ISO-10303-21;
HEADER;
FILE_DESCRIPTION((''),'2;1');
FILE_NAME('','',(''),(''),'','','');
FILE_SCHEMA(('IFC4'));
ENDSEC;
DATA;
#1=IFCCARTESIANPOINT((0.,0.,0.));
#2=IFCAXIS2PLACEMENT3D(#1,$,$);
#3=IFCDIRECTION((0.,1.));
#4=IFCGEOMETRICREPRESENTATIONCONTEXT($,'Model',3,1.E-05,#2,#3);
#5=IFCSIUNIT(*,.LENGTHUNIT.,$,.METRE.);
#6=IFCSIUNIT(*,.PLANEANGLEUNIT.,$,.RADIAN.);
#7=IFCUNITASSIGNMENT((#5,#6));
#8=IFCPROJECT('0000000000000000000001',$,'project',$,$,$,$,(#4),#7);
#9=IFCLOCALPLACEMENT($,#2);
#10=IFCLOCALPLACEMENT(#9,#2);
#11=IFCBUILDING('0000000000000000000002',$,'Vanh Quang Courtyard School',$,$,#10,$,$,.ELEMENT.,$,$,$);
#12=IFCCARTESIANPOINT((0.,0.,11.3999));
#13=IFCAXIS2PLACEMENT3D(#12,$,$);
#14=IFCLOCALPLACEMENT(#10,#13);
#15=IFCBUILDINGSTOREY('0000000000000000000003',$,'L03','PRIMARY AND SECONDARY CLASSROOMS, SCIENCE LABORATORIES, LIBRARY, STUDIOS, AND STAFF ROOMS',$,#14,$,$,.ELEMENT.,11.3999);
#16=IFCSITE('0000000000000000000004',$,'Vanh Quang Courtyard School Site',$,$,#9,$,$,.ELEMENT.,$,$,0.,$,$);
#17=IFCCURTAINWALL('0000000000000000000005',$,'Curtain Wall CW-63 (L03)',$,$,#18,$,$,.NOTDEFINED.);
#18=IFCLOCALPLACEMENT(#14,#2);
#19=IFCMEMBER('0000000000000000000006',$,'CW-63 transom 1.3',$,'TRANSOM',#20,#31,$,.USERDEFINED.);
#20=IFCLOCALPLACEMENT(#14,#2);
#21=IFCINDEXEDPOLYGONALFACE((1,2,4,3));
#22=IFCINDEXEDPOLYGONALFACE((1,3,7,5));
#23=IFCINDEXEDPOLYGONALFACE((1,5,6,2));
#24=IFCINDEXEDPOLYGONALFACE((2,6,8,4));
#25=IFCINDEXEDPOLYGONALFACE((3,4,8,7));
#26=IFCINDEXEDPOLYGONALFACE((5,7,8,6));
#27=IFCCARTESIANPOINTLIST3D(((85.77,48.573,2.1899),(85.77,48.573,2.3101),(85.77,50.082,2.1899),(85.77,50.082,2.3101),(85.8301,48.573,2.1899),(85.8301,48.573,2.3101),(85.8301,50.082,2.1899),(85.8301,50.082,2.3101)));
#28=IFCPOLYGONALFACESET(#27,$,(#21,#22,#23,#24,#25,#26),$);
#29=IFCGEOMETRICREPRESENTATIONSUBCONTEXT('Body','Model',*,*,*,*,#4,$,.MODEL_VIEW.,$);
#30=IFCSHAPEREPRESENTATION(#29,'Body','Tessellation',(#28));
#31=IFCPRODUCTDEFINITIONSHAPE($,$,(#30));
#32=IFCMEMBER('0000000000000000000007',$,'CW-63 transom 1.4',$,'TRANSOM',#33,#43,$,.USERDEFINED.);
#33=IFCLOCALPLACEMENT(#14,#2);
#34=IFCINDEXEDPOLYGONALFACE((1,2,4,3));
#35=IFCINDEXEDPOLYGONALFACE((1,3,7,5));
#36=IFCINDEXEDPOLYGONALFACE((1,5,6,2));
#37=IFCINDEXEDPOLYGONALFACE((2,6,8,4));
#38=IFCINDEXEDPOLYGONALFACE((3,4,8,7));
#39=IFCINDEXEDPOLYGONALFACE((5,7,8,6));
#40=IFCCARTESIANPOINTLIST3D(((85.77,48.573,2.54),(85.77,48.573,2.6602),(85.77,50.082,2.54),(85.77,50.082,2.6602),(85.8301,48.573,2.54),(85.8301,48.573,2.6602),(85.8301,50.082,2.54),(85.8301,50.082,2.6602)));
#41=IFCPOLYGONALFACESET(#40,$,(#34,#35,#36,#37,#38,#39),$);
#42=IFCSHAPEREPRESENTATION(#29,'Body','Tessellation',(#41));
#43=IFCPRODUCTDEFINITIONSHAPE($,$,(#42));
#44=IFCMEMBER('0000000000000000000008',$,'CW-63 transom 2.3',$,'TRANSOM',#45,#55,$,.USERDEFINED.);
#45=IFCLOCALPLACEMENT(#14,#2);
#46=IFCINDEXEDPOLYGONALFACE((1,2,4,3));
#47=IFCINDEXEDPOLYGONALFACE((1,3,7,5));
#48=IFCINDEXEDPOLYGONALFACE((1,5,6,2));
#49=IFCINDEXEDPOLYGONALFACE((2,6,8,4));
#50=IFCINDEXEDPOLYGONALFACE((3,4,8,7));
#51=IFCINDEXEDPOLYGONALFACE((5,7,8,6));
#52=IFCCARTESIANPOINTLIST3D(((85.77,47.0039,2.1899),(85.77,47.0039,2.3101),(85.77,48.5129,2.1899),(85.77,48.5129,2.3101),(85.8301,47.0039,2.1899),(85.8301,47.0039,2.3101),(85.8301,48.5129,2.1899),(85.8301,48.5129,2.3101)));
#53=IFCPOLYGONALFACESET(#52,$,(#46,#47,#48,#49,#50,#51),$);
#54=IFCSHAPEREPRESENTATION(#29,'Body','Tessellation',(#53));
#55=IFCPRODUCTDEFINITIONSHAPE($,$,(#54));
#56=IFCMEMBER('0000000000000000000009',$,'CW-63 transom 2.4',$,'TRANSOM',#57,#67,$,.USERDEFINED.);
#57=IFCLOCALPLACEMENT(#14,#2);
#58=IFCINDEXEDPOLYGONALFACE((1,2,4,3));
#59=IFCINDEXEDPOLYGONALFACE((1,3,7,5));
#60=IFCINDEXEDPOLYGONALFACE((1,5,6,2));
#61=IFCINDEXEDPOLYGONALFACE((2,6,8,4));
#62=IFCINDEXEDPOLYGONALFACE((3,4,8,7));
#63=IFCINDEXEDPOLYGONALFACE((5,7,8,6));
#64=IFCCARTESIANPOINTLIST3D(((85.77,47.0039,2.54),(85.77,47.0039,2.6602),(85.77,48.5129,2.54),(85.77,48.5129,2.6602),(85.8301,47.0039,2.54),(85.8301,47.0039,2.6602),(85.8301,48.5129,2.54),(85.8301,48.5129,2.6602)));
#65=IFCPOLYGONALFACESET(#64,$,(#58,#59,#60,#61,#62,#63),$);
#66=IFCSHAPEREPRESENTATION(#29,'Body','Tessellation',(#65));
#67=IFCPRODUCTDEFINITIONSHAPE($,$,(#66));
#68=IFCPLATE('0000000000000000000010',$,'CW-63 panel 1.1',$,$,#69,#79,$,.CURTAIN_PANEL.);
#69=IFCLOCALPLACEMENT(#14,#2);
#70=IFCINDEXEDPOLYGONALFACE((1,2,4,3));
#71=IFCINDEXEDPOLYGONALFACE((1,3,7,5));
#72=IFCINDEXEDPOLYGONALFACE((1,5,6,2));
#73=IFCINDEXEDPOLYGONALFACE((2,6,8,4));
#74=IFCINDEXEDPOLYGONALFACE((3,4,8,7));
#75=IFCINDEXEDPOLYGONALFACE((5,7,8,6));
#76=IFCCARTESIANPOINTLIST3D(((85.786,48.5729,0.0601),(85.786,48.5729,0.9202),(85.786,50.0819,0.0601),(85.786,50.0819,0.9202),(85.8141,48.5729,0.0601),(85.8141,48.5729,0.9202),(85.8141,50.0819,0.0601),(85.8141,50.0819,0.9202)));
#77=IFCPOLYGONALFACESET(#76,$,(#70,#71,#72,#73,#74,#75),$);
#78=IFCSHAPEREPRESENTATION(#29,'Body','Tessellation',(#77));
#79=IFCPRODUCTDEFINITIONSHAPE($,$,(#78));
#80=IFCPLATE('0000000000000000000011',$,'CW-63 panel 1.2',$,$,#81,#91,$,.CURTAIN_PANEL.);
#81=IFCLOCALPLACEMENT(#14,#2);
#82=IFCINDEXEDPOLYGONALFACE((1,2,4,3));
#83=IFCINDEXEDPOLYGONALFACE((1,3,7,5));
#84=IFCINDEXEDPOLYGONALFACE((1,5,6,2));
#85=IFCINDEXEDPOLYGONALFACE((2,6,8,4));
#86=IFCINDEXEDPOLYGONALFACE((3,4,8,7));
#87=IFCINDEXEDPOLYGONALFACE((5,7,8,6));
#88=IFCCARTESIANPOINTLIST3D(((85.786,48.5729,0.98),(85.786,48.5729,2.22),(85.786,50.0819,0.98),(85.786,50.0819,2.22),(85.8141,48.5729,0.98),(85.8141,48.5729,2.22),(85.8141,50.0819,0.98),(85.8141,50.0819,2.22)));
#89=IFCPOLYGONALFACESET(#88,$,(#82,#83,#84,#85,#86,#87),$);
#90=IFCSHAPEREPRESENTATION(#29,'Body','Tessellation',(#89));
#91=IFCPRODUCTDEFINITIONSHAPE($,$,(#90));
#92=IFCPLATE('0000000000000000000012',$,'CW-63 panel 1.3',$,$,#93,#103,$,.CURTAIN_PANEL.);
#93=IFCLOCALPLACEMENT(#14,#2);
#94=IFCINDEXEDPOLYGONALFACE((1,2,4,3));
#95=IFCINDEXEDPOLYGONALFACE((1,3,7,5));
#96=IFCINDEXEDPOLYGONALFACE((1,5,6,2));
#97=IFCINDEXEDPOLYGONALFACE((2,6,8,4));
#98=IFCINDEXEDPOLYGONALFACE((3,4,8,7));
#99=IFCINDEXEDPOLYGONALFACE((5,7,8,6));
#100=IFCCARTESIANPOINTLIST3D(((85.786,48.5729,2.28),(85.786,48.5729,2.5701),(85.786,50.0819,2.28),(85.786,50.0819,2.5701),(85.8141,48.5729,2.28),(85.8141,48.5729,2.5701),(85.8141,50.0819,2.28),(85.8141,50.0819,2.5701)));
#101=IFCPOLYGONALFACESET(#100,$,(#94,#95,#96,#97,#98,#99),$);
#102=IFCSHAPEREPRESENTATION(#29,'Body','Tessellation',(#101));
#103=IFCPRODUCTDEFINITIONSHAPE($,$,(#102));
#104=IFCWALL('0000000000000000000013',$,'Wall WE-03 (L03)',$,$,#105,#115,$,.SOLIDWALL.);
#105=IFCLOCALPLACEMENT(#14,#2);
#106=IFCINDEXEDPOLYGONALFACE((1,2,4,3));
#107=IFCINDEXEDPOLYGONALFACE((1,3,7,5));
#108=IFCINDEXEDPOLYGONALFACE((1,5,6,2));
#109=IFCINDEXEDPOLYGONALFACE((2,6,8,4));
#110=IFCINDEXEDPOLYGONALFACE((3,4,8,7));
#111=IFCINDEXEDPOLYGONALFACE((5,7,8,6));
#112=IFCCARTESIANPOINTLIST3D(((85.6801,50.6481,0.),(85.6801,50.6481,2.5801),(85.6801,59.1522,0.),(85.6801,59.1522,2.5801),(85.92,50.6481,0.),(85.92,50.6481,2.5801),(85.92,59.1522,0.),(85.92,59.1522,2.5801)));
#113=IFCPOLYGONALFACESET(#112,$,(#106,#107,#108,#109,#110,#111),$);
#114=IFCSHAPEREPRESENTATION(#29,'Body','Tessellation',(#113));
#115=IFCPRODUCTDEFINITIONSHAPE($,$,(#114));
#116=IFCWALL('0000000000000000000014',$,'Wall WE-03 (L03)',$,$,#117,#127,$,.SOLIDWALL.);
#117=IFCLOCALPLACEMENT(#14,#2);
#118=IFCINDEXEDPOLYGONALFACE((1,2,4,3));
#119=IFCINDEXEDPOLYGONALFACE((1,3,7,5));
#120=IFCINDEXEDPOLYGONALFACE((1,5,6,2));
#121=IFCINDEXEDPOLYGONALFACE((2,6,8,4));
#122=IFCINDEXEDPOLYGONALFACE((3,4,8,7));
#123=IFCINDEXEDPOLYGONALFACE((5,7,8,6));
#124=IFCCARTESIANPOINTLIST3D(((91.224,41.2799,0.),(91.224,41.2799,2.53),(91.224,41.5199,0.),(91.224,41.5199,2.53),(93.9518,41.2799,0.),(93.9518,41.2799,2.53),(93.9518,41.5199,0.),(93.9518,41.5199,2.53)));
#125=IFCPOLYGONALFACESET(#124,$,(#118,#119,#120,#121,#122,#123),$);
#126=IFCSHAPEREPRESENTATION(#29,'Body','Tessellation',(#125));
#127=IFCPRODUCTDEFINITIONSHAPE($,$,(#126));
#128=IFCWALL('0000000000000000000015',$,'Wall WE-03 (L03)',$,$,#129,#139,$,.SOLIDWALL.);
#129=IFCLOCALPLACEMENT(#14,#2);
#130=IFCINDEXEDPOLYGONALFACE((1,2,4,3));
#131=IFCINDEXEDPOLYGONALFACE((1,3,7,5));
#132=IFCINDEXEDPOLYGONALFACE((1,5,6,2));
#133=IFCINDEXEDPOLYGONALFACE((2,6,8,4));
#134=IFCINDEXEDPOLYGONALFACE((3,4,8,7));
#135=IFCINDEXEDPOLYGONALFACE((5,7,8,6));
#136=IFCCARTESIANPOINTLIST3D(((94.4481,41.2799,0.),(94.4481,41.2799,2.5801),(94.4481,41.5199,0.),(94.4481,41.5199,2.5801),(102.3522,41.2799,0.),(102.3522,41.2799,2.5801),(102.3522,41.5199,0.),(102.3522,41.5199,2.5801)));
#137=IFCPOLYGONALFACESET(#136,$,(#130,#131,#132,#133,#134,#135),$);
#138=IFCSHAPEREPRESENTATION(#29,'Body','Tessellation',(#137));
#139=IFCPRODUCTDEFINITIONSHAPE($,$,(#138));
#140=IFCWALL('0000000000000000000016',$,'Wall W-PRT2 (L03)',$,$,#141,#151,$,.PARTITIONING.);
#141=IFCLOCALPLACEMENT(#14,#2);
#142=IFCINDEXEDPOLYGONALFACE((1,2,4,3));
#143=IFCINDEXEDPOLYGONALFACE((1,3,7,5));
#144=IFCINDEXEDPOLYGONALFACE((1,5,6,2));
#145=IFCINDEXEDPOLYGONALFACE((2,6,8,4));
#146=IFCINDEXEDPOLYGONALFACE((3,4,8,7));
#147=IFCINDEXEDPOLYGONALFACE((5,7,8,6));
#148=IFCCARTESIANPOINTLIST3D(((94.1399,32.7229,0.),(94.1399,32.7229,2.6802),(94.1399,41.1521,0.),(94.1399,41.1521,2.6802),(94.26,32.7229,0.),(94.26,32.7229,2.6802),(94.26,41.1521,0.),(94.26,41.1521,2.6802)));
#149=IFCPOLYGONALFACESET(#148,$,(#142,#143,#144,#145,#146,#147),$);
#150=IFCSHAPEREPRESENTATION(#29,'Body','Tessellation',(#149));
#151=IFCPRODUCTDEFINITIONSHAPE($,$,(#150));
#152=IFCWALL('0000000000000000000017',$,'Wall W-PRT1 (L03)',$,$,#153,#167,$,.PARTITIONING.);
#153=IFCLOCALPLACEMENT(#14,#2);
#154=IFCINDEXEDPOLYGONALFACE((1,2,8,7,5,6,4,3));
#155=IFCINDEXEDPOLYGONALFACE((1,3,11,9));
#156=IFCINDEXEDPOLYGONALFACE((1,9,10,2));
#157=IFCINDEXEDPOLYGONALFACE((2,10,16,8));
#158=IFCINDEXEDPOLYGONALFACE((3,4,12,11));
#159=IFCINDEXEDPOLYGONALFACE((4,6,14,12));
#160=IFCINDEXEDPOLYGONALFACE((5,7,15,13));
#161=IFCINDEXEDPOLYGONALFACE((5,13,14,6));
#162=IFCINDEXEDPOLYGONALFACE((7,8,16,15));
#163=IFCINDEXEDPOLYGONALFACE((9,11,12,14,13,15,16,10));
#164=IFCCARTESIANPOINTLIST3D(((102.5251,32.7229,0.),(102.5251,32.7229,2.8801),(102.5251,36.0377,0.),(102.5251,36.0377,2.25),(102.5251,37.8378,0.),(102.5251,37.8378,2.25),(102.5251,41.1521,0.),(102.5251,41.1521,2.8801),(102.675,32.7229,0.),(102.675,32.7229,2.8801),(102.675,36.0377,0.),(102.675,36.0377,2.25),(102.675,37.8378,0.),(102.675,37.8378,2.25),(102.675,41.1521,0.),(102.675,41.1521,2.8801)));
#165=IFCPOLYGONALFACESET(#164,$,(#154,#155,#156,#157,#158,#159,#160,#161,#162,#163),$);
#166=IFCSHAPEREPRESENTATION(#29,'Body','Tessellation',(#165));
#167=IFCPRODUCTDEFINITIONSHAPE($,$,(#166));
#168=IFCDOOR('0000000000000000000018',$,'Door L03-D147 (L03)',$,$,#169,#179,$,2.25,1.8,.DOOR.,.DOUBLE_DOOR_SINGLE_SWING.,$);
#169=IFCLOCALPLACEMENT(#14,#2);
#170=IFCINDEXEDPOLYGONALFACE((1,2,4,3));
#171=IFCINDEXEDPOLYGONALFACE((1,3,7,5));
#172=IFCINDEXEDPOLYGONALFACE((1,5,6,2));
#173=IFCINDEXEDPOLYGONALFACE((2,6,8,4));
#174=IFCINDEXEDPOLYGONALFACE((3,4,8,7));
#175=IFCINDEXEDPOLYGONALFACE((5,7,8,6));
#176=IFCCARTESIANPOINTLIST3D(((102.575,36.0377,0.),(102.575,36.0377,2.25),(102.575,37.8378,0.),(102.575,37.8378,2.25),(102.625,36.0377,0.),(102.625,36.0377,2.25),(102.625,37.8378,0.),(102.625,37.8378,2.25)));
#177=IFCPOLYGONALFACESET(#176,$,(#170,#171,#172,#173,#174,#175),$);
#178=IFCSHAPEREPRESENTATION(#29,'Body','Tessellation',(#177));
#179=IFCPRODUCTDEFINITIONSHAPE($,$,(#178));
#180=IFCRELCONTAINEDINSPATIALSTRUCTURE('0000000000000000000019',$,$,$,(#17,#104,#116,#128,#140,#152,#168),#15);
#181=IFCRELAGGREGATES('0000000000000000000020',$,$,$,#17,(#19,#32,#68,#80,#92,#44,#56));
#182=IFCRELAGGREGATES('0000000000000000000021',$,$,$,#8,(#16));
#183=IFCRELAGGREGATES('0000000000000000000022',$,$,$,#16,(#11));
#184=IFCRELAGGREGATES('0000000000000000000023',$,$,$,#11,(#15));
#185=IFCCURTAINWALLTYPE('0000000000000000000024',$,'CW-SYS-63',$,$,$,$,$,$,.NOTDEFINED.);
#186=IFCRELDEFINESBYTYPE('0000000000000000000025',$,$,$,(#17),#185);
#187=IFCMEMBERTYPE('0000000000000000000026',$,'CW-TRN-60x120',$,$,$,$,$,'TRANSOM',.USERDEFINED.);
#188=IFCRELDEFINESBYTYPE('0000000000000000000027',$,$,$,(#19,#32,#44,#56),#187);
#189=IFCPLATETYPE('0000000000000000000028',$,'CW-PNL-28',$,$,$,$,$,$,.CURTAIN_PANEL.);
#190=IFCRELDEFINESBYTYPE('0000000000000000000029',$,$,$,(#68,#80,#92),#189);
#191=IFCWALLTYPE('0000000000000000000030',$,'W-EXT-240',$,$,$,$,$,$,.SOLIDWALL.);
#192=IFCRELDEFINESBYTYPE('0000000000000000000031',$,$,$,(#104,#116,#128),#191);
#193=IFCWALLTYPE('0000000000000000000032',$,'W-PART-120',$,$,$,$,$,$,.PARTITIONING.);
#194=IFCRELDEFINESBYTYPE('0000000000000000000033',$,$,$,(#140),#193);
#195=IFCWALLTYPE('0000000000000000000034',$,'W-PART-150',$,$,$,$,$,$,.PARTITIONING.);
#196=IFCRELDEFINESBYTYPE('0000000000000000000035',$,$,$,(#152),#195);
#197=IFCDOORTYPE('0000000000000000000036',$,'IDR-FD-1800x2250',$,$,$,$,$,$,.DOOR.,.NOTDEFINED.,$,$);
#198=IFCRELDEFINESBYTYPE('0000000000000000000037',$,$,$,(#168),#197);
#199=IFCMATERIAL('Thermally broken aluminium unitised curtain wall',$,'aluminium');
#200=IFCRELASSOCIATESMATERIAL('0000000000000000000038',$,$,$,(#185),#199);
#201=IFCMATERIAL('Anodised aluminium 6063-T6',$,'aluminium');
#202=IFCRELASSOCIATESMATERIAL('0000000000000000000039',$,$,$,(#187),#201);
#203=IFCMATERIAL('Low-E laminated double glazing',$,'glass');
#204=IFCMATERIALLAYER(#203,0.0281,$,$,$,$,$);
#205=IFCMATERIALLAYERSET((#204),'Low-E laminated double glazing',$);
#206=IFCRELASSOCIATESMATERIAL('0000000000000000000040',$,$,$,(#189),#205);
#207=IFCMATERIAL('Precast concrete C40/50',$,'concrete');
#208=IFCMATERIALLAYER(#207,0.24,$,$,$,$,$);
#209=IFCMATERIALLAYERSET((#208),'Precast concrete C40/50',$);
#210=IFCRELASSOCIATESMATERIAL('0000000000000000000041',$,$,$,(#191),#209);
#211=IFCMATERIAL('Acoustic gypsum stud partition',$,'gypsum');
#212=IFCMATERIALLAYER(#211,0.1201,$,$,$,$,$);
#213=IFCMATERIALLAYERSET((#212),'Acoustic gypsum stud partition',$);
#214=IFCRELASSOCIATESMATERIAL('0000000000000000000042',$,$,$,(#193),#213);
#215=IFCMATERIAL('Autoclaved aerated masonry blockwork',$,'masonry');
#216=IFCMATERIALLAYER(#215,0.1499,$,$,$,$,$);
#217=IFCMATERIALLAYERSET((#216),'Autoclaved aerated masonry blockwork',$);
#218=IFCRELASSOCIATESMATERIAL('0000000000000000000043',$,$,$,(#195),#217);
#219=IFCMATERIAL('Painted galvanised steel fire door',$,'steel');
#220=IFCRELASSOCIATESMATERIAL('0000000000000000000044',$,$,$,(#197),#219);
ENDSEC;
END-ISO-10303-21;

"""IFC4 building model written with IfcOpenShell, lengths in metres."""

from ifc_helpers import new_model, si_unit, direction, frame, frame_2d, origin, origin_2d, place, context, subcontext, project, spatial, rectangle, extrude, material, layer, layer_set, material_profile, profile_set, type_object, element, fill, aggregate, save


model = new_model("IFC4")

# Units and contexts
model_context = context("Model", 3, precision=1e-05, world=origin(), true_north=direction((0.0, 1.0)))
body_context = subcontext(model_context, "Body", "Model", "MODEL_VIEW")
ifc_project = project(units=[si_unit("LENGTHUNIT", "METRE"), si_unit("PLANEANGLEUNIT", "RADIAN")], contexts=[model_context])

# Site, building, storey
site_placement = place(None, origin())
site = spatial("IfcSite", under=ifc_project, at=site_placement, Name="Vanh Quang Courtyard School Site", CompositionType="ELEMENT", RefElevation=0.0)
building_placement = place(site_placement, origin())
building = spatial("IfcBuilding", under=site, at=building_placement, Name="Vanh Quang Courtyard School", CompositionType="ELEMENT")
storey_placement = place(building_placement, frame((0.0, 0.0, 11.3999)))
storey = spatial("IfcBuildingStorey", under=building, at=storey_placement, Name="L03", Description="PRIMARY AND SECONDARY CLASSROOMS, SCIENCE LABORATORIES, LIBRARY, STUDIOS, AND STAFF ROOMS", CompositionType="ELEMENT", Elevation=11.3999)

# Curtain wall, members, plates
ifc_material_1 = material(Name="Thermally broken aluminium unitised curtain wall", Category="aluminium")
curtain_wall_type = type_object("IfcCurtainWallType", Name="CW-SYS-63", PredefinedType="NOTDEFINED", material=ifc_material_1)
curtain_wall_placement = place(storey_placement, origin())
curtain_wall = element("IfcCurtainWall", 1, at=curtain_wall_placement, inside=storey, type_object=curtain_wall_type, Name="Curtain Wall CW-63 (L03)", PredefinedType="NOTDEFINED")
ifc_material_2 = material(Name="Anodised aluminium 6063-T6", Category="aluminium")
ifc_material_profile_1 = material_profile(ifc_material_2, rectangle(XDim=0.0601, YDim=0.1201, at=origin_2d()), Name="ALU-TRN 60x120")
ifc_profile_set_1 = profile_set([ifc_material_profile_1], Name="Anodised aluminium 6063-T6")
member_type_1 = type_object("IfcMemberType", Name="CW-TRN-60x120", ElementType="TRANSOM", PredefinedType="USERDEFINED", material=ifc_profile_set_1)
member_1_placement = place(storey_placement, frame((85.8, 50.082, 2.25), z_axis=(0.0, -1.0, 0.0), x_axis=(1.0, 0.0, 0.0)))
member_1 = element("IfcMember", 2, at=member_1_placement, type_object=member_type_1, Name="CW-63 transom 1.3", ObjectType="TRANSOM", PredefinedType="USERDEFINED", context=body_context, shape_type="SweptSolid", body=[
    extrude(rectangle(XDim=0.0601, YDim=0.1201, at=origin_2d()), origin(), (0.0, 0.0, 1.0), 1.509),
])
member_2_placement = place(storey_placement, frame((85.8, 50.082, 2.6001), z_axis=(0.0, -1.0, 0.0), x_axis=(1.0, 0.0, 0.0)))
member_2 = element("IfcMember", 3, at=member_2_placement, type_object=member_type_1, Name="CW-63 transom 1.4", ObjectType="TRANSOM", PredefinedType="USERDEFINED", context=body_context, shape_type="SweptSolid", body=[
    extrude(rectangle(XDim=0.0601, YDim=0.1201, at=origin_2d()), origin(), (0.0, 0.0, 1.0), 1.509),
])
member_3_placement = place(storey_placement, frame((85.8, 48.5129, 2.25), z_axis=(0.0, -1.0, 0.0), x_axis=(1.0, 0.0, 0.0)))
member_3 = element("IfcMember", 4, at=member_3_placement, type_object=member_type_1, Name="CW-63 transom 2.3", ObjectType="TRANSOM", PredefinedType="USERDEFINED", context=body_context, shape_type="SweptSolid", body=[
    extrude(rectangle(XDim=0.0601, YDim=0.1201, at=origin_2d()), origin(), (0.0, 0.0, 1.0), 1.509),
])
member_4_placement = place(storey_placement, frame((85.8, 48.5129, 2.6001), z_axis=(0.0, -1.0, 0.0), x_axis=(1.0, 0.0, 0.0)))
member_4 = element("IfcMember", 5, at=member_4_placement, type_object=member_type_1, Name="CW-63 transom 2.4", ObjectType="TRANSOM", PredefinedType="USERDEFINED", context=body_context, shape_type="SweptSolid", body=[
    extrude(rectangle(XDim=0.0601, YDim=0.1201, at=origin_2d()), origin(), (0.0, 0.0, 1.0), 1.509),
])
ifc_material_3 = material(Name="Low-E laminated double glazing", Category="glass")
ifc_layer_1 = layer(ifc_material_3, 0.0281)
ifc_layer_set_1 = layer_set([ifc_layer_1], Name="Low-E laminated double glazing")
plate_type = type_object("IfcPlateType", Name="CW-PNL-28", PredefinedType="CURTAIN_PANEL", material=ifc_layer_set_1)
plate_1_placement = place(storey_placement, frame((85.8, 49.3274, 0.0601), z_axis=(0.0, 0.0, 1.0), x_axis=(0.0, -1.0, 0.0)))
plate_1 = element("IfcPlate", 6, at=plate_1_placement, type_object=plate_type, Name="CW-63 panel 1.1", PredefinedType="CURTAIN_PANEL", context=body_context, shape_type="SweptSolid", body=[
    extrude(rectangle(XDim=1.509, YDim=0.0281, at=origin_2d()), origin(), (0.0, 0.0, 1.0), 0.8601),
])
plate_2_placement = place(storey_placement, frame((85.8, 49.3274, 0.98), z_axis=(0.0, 0.0, 1.0), x_axis=(0.0, -1.0, 0.0)))
plate_2 = element("IfcPlate", 7, at=plate_2_placement, type_object=plate_type, Name="CW-63 panel 1.2", PredefinedType="CURTAIN_PANEL", context=body_context, shape_type="SweptSolid", body=[
    extrude(rectangle(XDim=1.509, YDim=0.0281, at=origin_2d()), origin(), (0.0, 0.0, 1.0), 1.24),
])
plate_3_placement = place(storey_placement, frame((85.8, 49.3274, 2.28), z_axis=(0.0, 0.0, 1.0), x_axis=(0.0, -1.0, 0.0)))
plate_3 = element("IfcPlate", 8, at=plate_3_placement, type_object=plate_type, Name="CW-63 panel 1.3", PredefinedType="CURTAIN_PANEL", context=body_context, shape_type="SweptSolid", body=[
    extrude(rectangle(XDim=1.509, YDim=0.0281, at=origin_2d()), origin(), (0.0, 0.0, 1.0), 0.29),
])
aggregate(curtain_wall, [member_1, member_2, plate_1, plate_2, plate_3, member_3, member_4])

# Walls
ifc_material_4 = material(Name="Precast concrete C40/50", Category="concrete")
ifc_layer_2 = layer(ifc_material_4, 0.24)
ifc_layer_set_2 = layer_set([ifc_layer_2], Name="Precast concrete C40/50")
wall_type_1 = type_object("IfcWallType", Name="W-EXT-240", PredefinedType="SOLIDWALL", material=ifc_layer_set_2)
wall_1_placement = place(storey_placement, frame((85.8, 59.1521, 0.0), z_axis=(0.0, 0.0, 1.0), x_axis=(0.0, -1.0, 0.0)))
element("IfcWall", 9, at=wall_1_placement, inside=storey, type_object=wall_type_1, Name="Wall WE-03 (L03)", PredefinedType="SOLIDWALL", context=body_context, shape_type="SweptSolid", body=[
    extrude(rectangle(XDim=8.5042, YDim=0.24, at=frame_2d((4.252, 0.0))), origin(), (0.0, 0.0, 1.0), 2.5801),
])
wall_2_placement = place(storey_placement, frame((91.2241, 41.3999, 0.0), z_axis=(0.0, 0.0, 1.0), x_axis=(1.0, 0.0, 0.0)))
element("IfcWall", 10, at=wall_2_placement, inside=storey, type_object=wall_type_1, Name="Wall WE-03 (L03)", PredefinedType="SOLIDWALL", context=body_context, shape_type="SweptSolid", body=[
    extrude(rectangle(XDim=2.7278, YDim=0.24, at=frame_2d((1.3638, 0.0))), origin(), (0.0, 0.0, 1.0), 2.53),
])
wall_3_placement = place(storey_placement, frame((94.448, 41.3999, 0.0), z_axis=(0.0, 0.0, 1.0), x_axis=(1.0, 0.0, 0.0)))
element("IfcWall", 11, at=wall_3_placement, inside=storey, type_object=wall_type_1, Name="Wall WE-03 (L03)", PredefinedType="SOLIDWALL", context=body_context, shape_type="SweptSolid", body=[
    extrude(rectangle(XDim=7.9041, YDim=0.24, at=frame_2d((3.9521, 0.0))), origin(), (0.0, 0.0, 1.0), 2.5801),
])
ifc_material_5 = material(Name="Acoustic gypsum stud partition", Category="gypsum")
ifc_layer_3 = layer(ifc_material_5, 0.1201)
ifc_layer_set_3 = layer_set([ifc_layer_3], Name="Acoustic gypsum stud partition")
wall_type_2 = type_object("IfcWallType", Name="W-PART-120", PredefinedType="PARTITIONING", material=ifc_layer_set_3)
wall_4_placement = place(storey_placement, frame((94.2, 41.1521, 0.0), z_axis=(0.0, 0.0, 1.0), x_axis=(0.0, -1.0, 0.0)))
element("IfcWall", 12, at=wall_4_placement, inside=storey, type_object=wall_type_2, Name="Wall W-PRT2 (L03)", PredefinedType="PARTITIONING", context=body_context, shape_type="SweptSolid", body=[
    extrude(rectangle(XDim=8.4292, YDim=0.1201, at=frame_2d((4.2146, 0.0))), origin(), (0.0, 0.0, 1.0), 2.6802),
])

# Wall, opening, door
ifc_material_6 = material(Name="Autoclaved aerated masonry blockwork", Category="masonry")
ifc_layer_4 = layer(ifc_material_6, 0.1499)
ifc_layer_set_4 = layer_set([ifc_layer_4], Name="Autoclaved aerated masonry blockwork")
wall_type_3 = type_object("IfcWallType", Name="W-PART-150", PredefinedType="PARTITIONING", material=ifc_layer_set_4)
ifc_material_7 = material(Name="Painted galvanised steel fire door", Category="steel")
wall_5_placement = place(storey_placement, frame((102.6001, 41.1521, 0.0), z_axis=(0.0, 0.0, 1.0), x_axis=(0.0, -1.0, 0.0)))
wall_5 = element("IfcWall", 13, at=wall_5_placement, inside=storey, type_object=wall_type_3, Name="Wall W-PRT1 (L03)", PredefinedType="PARTITIONING", context=body_context, shape_type="SweptSolid", body=[
    extrude(rectangle(XDim=8.4292, YDim=0.1499, at=frame_2d((4.2146, 0.0))), origin(), (0.0, 0.0, 1.0), 2.8801),
])
opening_1_placement = place(wall_5_placement, frame((3.3145, 0.0, 0.0)))
opening_1 = element("IfcOpeningElement", 14, at=opening_1_placement, cuts=wall_5, PredefinedType="OPENING", context=body_context, shape_type="SweptSolid", body=[
    extrude(rectangle(XDim=1.8, YDim=2.25, at=frame_2d((0.8999, 1.125))), frame((0.0, 0.085, 0.0), z_axis=(0.0, -1.0, 0.0), x_axis=(1.0, 0.0, 0.0)), (0.0, 0.0, 1.0), 0.1699),
])
door_type_1 = type_object("IfcDoorType", Name="IDR-FD-1800x2250", OperationType="NOTDEFINED", PredefinedType="DOOR", material=ifc_material_7)
door_1_placement = place(opening_1_placement, origin())
door_1 = element("IfcDoor", 15, at=door_1_placement, inside=storey, type_object=door_type_1, Name="Door L03-D147 (L03)", OperationType="DOUBLE_DOOR_SINGLE_SWING", OverallHeight=2.25, OverallWidth=1.8, PredefinedType="DOOR", context=body_context, shape_type="SweptSolid", body=[
    extrude(rectangle(XDim=1.8, YDim=2.25, at=frame_2d((0.8999, 1.125))), frame((0.0, 0.0249, 0.0), z_axis=(0.0, -1.0, 0.0), x_axis=(1.0, 0.0, 0.0)), (0.0, 0.0, 1.0), 0.05),
])
fill(opening_1, door_1)

save(model, "model.ifc")
